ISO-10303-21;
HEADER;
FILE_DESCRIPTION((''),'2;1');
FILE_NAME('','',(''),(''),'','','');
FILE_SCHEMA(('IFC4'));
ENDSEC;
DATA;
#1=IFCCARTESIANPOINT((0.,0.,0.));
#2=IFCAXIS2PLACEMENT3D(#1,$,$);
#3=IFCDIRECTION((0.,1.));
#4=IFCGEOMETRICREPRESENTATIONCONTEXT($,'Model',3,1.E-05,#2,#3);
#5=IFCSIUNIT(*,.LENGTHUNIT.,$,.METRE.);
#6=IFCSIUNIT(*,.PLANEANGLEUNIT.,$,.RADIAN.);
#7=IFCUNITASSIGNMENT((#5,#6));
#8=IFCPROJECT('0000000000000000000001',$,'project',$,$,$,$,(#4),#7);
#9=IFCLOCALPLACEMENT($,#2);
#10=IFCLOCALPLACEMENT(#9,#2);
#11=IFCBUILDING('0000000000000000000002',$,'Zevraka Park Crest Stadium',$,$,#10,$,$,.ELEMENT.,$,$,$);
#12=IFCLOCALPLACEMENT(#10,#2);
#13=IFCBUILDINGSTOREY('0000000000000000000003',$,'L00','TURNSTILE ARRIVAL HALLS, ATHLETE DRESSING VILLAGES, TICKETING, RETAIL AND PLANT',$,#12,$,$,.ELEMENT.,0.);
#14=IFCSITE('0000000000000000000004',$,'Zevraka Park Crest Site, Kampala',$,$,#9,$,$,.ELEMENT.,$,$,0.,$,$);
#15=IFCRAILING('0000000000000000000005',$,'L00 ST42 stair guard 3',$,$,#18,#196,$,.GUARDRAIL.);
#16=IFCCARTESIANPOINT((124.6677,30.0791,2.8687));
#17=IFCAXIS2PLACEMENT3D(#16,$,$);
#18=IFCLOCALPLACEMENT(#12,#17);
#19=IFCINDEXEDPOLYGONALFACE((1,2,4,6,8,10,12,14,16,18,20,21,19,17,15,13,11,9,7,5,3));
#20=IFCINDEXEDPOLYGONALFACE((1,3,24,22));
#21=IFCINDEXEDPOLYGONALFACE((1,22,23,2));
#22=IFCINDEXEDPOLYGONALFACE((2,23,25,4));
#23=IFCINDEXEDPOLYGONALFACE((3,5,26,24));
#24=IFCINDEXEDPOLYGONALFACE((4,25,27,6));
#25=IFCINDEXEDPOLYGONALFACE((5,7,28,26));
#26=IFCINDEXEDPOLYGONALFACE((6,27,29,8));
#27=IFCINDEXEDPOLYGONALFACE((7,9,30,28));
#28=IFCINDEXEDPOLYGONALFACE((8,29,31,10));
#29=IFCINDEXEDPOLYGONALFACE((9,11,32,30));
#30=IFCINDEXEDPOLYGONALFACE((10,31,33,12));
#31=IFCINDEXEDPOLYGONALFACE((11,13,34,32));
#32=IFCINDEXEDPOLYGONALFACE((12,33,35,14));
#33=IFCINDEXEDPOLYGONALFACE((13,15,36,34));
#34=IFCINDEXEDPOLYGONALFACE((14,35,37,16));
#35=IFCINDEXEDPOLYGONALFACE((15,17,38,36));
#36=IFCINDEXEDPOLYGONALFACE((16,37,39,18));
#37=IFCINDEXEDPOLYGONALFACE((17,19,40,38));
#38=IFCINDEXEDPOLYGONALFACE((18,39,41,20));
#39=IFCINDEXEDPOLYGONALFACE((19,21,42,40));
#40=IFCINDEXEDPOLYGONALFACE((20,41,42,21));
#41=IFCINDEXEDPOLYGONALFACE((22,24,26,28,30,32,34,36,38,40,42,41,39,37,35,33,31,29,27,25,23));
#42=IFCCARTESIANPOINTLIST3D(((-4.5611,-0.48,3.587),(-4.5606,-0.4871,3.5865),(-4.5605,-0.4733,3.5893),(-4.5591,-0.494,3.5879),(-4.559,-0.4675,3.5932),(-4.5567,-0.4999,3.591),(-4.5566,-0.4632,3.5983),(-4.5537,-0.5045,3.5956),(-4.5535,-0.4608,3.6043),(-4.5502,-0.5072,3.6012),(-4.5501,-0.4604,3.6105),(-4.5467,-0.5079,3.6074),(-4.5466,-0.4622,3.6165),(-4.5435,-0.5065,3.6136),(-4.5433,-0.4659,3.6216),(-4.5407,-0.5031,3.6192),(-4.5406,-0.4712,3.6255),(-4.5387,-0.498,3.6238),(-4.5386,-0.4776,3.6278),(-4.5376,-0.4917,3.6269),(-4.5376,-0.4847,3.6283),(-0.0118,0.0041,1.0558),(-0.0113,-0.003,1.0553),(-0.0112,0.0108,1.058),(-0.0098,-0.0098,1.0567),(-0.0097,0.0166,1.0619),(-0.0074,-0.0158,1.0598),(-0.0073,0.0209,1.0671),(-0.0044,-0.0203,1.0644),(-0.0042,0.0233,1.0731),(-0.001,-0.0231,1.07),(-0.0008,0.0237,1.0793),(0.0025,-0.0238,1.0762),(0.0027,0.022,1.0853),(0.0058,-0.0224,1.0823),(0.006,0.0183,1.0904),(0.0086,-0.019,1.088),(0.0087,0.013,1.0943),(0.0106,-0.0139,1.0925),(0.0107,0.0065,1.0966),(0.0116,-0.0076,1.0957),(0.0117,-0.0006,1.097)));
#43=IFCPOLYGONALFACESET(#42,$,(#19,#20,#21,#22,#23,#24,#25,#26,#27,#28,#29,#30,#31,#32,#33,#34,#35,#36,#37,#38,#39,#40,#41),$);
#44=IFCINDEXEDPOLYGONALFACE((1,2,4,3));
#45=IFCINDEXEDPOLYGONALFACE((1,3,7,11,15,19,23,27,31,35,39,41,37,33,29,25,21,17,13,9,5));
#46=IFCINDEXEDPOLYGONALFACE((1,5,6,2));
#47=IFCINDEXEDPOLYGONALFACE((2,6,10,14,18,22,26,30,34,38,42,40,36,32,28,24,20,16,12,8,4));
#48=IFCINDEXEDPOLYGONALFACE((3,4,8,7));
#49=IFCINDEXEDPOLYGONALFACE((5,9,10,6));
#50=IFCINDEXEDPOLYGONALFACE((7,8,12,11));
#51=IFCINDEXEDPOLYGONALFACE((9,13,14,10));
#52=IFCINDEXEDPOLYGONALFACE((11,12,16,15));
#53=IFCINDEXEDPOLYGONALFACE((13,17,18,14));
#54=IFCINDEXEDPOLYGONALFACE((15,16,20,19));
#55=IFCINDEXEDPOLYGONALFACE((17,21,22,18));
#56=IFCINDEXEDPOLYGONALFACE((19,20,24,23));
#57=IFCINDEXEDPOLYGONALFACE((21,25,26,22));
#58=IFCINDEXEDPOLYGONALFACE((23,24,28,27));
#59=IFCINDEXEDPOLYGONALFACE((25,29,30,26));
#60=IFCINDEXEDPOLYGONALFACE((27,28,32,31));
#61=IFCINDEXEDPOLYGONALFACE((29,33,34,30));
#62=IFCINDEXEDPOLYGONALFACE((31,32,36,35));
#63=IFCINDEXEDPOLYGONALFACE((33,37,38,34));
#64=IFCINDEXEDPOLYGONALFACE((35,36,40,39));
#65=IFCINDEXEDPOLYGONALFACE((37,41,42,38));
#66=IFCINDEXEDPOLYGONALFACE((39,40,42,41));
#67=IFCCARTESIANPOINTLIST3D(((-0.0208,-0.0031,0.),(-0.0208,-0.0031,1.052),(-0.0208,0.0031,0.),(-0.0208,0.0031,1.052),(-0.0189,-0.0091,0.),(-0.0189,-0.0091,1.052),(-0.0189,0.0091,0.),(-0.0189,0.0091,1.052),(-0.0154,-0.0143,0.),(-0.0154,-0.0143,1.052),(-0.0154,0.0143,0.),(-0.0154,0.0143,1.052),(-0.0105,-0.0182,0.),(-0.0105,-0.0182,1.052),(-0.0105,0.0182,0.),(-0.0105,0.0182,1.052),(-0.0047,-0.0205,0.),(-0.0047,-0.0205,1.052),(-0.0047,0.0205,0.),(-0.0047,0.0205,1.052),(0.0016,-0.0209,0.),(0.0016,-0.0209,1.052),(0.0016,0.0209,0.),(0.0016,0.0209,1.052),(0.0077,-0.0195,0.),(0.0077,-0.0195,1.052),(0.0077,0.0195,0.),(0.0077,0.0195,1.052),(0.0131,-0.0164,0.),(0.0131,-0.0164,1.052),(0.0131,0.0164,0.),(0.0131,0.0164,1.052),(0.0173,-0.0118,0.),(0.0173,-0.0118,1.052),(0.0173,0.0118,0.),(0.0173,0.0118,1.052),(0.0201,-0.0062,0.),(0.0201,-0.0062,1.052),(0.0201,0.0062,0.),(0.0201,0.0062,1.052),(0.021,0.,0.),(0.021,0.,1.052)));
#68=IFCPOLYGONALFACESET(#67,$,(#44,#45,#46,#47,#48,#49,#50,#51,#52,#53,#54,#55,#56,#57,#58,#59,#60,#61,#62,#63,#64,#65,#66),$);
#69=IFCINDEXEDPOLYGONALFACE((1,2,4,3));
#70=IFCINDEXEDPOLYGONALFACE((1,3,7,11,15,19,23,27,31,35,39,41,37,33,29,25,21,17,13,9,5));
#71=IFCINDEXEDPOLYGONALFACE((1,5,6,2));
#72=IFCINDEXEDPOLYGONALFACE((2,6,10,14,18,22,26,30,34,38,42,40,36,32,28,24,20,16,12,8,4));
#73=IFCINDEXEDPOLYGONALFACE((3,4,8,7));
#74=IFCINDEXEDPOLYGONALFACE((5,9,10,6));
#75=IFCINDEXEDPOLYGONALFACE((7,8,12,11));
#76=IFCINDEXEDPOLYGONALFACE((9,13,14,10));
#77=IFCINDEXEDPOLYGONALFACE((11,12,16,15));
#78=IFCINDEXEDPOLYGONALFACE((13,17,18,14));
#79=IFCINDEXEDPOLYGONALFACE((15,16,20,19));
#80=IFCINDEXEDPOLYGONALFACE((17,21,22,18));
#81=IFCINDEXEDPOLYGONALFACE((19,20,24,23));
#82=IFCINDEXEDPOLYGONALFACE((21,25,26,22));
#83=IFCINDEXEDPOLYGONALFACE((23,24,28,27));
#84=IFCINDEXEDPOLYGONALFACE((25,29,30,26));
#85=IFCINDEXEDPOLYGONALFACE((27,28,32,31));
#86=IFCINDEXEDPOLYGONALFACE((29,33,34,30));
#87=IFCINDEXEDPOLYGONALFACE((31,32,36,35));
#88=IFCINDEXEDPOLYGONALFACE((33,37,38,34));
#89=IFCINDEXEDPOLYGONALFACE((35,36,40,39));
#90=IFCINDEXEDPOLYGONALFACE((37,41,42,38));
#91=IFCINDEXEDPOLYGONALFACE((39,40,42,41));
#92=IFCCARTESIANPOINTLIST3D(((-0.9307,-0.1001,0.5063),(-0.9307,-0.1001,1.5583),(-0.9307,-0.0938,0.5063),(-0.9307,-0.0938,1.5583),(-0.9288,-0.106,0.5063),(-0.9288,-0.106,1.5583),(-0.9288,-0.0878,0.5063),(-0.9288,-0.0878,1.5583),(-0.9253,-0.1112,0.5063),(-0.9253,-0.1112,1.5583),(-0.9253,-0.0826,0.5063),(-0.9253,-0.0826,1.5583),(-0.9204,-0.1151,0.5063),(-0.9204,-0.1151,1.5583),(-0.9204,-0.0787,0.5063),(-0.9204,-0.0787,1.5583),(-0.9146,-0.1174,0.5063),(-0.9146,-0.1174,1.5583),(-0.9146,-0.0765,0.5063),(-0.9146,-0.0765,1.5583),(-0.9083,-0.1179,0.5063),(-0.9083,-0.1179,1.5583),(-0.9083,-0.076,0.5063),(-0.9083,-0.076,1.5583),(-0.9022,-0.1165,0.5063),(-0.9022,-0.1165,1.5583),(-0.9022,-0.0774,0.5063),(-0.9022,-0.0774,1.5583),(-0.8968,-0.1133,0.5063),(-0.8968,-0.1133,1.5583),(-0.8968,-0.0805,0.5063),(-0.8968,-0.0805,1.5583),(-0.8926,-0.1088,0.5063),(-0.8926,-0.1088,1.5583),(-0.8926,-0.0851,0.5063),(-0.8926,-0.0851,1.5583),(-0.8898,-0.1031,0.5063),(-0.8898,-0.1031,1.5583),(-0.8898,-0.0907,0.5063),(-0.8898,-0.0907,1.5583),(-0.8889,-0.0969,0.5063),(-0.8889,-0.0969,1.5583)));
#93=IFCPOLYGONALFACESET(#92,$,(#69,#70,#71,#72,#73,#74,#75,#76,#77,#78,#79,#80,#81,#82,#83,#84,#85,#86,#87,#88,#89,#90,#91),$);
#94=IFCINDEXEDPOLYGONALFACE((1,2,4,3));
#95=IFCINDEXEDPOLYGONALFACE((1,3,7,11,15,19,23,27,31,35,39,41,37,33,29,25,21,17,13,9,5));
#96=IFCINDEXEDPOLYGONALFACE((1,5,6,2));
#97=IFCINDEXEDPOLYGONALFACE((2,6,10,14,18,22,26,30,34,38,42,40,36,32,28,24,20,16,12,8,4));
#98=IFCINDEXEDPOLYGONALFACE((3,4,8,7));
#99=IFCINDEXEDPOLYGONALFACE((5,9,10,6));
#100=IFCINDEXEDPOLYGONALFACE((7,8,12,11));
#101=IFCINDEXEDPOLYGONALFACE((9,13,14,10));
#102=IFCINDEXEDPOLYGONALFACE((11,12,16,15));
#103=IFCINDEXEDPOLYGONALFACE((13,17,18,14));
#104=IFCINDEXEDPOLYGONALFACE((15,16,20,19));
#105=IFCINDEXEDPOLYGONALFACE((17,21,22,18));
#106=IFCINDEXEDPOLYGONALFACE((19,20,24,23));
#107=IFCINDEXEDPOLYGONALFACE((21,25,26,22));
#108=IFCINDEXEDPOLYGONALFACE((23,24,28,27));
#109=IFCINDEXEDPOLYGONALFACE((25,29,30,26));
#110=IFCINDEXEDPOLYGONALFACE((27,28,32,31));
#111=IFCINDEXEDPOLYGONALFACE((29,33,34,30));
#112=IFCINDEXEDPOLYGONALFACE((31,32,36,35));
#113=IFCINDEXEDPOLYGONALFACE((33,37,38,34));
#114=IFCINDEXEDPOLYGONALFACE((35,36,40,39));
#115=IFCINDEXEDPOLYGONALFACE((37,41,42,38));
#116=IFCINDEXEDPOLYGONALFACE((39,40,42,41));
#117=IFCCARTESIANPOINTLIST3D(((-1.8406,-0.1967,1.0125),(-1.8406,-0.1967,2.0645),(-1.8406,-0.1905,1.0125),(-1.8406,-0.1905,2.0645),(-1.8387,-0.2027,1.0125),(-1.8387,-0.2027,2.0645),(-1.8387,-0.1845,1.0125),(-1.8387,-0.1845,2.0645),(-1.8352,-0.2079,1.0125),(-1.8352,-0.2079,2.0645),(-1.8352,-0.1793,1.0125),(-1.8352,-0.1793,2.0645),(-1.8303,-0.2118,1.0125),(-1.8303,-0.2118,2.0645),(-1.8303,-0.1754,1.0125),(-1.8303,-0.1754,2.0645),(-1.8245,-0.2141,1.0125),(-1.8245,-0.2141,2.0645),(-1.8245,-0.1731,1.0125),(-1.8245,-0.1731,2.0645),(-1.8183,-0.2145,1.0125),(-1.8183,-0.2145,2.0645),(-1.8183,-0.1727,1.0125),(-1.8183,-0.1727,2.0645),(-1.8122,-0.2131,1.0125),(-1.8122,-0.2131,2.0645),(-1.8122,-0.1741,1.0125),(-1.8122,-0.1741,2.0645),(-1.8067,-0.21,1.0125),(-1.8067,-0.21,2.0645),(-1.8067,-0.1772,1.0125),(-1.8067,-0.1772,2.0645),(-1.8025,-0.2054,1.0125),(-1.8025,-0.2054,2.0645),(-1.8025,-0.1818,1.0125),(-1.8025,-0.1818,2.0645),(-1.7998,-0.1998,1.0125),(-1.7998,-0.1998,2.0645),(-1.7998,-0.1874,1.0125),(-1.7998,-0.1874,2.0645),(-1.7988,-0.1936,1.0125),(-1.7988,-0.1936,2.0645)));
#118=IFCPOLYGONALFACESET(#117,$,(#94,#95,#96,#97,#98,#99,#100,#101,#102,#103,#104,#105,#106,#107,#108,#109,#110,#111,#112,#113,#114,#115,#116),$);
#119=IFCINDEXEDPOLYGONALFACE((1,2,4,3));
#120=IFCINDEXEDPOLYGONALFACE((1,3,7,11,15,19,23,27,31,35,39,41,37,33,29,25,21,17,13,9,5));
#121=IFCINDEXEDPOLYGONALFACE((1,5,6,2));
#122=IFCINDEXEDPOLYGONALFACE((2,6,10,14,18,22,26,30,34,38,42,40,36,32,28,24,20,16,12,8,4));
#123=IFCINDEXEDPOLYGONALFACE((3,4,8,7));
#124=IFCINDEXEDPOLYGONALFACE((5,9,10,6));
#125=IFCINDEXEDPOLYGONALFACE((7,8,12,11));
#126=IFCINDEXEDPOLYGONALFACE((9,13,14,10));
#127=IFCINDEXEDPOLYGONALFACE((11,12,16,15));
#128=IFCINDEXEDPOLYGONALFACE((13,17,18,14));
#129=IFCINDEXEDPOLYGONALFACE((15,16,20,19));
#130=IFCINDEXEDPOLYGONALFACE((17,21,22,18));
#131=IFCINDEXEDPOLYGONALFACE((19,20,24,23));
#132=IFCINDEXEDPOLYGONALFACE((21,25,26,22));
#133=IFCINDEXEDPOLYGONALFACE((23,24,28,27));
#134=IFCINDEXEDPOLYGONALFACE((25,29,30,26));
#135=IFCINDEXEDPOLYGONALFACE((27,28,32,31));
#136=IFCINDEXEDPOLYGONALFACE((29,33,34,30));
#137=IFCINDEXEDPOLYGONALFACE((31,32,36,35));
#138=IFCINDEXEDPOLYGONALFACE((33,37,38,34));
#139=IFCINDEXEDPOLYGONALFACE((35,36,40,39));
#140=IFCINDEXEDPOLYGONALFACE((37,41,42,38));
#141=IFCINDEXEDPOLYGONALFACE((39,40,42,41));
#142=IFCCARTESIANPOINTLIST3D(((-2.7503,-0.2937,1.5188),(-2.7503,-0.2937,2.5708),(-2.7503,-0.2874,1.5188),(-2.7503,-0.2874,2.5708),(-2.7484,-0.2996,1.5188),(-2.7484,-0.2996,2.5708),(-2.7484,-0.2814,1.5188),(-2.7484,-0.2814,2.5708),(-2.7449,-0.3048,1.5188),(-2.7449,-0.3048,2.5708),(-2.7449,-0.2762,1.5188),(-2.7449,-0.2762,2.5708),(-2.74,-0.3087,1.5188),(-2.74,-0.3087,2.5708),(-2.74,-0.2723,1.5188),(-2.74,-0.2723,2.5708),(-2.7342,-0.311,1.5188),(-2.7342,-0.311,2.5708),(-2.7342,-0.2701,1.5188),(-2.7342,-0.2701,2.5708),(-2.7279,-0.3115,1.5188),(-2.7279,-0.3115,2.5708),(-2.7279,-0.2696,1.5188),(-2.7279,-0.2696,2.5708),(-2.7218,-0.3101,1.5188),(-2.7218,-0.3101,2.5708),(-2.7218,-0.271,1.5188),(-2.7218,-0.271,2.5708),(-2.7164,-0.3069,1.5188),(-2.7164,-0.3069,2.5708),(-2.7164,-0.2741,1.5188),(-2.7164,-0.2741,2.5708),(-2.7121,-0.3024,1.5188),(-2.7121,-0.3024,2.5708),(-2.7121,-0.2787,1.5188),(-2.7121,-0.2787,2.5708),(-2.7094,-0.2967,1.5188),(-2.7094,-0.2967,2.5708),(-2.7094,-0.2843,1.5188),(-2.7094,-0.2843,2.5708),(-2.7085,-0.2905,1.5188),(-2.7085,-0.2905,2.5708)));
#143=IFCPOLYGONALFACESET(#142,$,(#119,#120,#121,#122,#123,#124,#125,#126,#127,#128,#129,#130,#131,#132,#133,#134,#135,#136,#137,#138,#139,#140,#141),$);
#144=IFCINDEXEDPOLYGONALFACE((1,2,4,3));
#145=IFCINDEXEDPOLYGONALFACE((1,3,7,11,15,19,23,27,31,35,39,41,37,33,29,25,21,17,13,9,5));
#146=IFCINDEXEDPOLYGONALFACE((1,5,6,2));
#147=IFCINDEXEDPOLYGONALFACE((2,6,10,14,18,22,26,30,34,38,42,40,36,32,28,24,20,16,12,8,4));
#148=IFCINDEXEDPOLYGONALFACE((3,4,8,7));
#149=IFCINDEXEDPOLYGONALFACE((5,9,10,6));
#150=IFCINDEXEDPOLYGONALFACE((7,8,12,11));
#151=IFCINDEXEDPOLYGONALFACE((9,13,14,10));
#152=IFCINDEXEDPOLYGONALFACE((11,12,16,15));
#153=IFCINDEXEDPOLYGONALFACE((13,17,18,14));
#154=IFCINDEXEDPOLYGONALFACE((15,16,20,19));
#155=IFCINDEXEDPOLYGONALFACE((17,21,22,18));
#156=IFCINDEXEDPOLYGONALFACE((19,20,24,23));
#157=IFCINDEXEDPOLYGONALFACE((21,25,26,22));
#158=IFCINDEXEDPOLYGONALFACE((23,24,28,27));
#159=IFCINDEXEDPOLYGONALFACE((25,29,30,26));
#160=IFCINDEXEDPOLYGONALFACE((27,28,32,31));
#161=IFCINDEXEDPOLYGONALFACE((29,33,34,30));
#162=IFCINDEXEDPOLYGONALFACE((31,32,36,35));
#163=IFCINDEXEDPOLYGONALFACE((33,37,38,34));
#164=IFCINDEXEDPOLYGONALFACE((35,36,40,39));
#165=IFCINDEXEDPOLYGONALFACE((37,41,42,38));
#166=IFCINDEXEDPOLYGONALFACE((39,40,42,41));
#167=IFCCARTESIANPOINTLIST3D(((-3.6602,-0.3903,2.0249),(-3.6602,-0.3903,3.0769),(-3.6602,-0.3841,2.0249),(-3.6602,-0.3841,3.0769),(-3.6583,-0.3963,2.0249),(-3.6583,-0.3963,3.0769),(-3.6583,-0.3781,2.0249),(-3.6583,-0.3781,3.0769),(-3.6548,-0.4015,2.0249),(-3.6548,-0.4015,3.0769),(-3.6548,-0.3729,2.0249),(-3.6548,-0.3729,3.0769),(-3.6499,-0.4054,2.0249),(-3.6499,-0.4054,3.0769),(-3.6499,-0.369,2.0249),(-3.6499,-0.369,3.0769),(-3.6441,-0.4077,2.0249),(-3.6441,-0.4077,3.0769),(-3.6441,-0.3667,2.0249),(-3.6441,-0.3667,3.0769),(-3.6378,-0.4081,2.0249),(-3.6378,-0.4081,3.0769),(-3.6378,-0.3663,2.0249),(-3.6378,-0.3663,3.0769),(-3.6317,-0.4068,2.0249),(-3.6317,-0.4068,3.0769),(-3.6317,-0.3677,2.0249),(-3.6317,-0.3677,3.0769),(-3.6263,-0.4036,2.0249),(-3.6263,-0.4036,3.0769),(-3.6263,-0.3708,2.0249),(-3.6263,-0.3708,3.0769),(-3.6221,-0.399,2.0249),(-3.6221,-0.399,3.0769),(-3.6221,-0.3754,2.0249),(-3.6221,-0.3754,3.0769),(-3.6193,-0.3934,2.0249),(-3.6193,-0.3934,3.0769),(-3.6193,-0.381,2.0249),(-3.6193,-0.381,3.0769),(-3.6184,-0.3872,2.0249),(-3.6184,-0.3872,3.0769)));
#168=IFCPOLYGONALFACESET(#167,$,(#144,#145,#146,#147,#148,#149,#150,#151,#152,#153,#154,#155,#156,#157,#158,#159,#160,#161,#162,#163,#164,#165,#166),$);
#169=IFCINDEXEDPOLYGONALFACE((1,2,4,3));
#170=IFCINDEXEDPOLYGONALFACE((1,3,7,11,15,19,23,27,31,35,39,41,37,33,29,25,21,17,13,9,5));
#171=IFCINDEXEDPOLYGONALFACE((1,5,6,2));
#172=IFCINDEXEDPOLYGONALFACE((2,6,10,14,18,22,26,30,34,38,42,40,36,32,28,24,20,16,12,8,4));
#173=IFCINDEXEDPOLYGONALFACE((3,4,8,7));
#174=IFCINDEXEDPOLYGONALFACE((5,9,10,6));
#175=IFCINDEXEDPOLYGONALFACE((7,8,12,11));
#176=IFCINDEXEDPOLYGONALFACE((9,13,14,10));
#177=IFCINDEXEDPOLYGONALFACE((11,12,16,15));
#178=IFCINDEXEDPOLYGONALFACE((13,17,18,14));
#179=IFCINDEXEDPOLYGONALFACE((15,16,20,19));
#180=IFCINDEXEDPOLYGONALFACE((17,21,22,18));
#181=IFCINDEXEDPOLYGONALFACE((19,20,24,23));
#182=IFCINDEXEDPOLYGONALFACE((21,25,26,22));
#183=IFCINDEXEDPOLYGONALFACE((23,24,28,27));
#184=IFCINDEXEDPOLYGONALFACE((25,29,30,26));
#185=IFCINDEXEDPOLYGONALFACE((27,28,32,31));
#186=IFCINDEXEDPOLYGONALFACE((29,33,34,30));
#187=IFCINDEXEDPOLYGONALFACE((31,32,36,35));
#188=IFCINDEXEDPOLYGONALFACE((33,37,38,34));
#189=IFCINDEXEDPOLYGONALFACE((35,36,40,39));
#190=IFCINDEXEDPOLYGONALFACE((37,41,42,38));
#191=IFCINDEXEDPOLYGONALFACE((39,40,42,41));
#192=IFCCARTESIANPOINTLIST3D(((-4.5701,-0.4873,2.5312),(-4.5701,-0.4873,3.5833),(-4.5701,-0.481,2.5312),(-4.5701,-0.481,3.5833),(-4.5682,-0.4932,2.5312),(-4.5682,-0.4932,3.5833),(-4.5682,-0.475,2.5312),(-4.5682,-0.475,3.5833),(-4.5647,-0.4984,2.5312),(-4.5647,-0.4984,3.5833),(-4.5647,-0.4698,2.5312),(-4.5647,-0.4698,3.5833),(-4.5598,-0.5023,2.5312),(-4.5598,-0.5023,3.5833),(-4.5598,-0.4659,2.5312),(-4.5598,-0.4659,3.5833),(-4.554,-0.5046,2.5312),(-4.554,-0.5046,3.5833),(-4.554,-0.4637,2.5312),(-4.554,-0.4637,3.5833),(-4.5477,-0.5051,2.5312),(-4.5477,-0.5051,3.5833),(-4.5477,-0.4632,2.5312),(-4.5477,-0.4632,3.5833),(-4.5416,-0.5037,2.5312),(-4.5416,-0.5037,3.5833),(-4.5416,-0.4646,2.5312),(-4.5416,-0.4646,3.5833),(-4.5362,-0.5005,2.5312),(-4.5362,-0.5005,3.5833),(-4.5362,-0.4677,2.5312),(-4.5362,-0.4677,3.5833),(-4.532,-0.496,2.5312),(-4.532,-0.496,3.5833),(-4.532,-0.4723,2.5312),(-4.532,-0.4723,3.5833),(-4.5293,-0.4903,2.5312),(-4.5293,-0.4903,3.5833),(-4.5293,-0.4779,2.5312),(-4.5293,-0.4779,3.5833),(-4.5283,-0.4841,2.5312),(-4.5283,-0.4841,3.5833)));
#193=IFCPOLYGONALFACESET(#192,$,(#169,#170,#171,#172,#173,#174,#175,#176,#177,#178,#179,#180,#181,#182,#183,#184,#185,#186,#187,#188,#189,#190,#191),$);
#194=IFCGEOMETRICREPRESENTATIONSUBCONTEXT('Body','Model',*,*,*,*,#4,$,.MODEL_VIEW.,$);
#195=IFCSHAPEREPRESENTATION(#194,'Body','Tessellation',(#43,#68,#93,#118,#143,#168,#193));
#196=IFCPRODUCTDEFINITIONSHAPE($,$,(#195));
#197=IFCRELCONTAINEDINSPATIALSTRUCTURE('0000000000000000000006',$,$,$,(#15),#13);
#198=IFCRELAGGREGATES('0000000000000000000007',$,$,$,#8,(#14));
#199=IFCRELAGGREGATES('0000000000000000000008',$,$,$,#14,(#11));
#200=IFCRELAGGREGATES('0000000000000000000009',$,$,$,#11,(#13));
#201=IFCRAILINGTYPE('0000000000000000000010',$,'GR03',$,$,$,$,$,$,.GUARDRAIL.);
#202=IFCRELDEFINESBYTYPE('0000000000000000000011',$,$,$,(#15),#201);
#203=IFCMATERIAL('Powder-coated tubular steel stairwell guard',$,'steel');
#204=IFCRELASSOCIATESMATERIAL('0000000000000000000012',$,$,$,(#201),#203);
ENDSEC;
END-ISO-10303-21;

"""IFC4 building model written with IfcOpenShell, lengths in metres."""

from ifc_helpers import new_model, si_unit, direction, frame, origin, origin_2d, place, context, subcontext, project, spatial, circle, extrude, material, type_object, element, save


model = new_model("IFC4")

# Units and contexts
model_context = context("Model", 3, precision=1e-05, world=origin(), true_north=direction((0.0, 1.0)))
body_context = subcontext(model_context, "Body", "Model", "MODEL_VIEW")
ifc_project = project(units=[si_unit("LENGTHUNIT", "METRE"), si_unit("PLANEANGLEUNIT", "RADIAN")], contexts=[model_context])

# Site, building, storey
site_placement = place(None, origin())
site = spatial("IfcSite", under=ifc_project, at=site_placement, Name="Zevraka Park Crest Site, Kampala", CompositionType="ELEMENT", RefElevation=0.0)
building_placement = place(site_placement, origin())
building = spatial("IfcBuilding", under=site, at=building_placement, Name="Zevraka Park Crest Stadium", CompositionType="ELEMENT")
storey_placement = place(building_placement, origin())
storey = spatial("IfcBuildingStorey", under=building, at=storey_placement, Name="L00", Description="TURNSTILE ARRIVAL HALLS, ATHLETE DRESSING VILLAGES, TICKETING, RETAIL AND PLANT", CompositionType="ELEMENT", Elevation=0.0)

# Railing
ifc_material_1 = material(Name="Powder-coated tubular steel stairwell guard", Category="steel")
railing_type_1 = type_object("IfcRailingType", Name="GR03", PredefinedType="GUARDRAIL", material=ifc_material_1)
railing_1_placement = place(storey_placement, frame((124.6677, 30.0791, 2.8687)))
element("IfcRailing", 1, at=railing_1_placement, inside=storey, type_object=railing_type_1, Name="L00 ST42 stair guard 3", PredefinedType="GUARDRAIL", context=body_context, shape_type="SweptSolid", body=[
    extrude(circle(Radius=0.0239, at=origin_2d()), frame((0.0, 0.0, 1.0762), z_axis=(-0.870089, -0.092593, 0.484119), x_axis=(0.105821, -0.994385, 0.0)), (0.0, 0.0, 1.0), 5.2285),
    extrude(circle(Radius=0.021, at=origin_2d()), origin(), (0.0, 0.0, 1.0), 1.052),
    extrude(circle(Radius=0.021, at=origin_2d()), frame((-0.9099, -0.0969, 0.5063)), (0.0, 0.0, 1.0), 1.052),
    extrude(circle(Radius=0.021, at=origin_2d()), frame((-1.8198, -0.1936, 1.0125)), (0.0, 0.0, 1.0), 1.052),
    extrude(circle(Radius=0.021, at=origin_2d()), frame((-2.7295, -0.2905, 1.5188)), (0.0, 0.0, 1.0), 1.052),
    extrude(circle(Radius=0.021, at=origin_2d()), frame((-3.6394, -0.3872, 2.0249)), (0.0, 0.0, 1.0), 1.052),
    extrude(circle(Radius=0.021, at=origin_2d()), frame((-4.5493, -0.4841, 2.5312)), (0.0, 0.0, 1.0), 1.052),
])

save(model, "model.ifc")
